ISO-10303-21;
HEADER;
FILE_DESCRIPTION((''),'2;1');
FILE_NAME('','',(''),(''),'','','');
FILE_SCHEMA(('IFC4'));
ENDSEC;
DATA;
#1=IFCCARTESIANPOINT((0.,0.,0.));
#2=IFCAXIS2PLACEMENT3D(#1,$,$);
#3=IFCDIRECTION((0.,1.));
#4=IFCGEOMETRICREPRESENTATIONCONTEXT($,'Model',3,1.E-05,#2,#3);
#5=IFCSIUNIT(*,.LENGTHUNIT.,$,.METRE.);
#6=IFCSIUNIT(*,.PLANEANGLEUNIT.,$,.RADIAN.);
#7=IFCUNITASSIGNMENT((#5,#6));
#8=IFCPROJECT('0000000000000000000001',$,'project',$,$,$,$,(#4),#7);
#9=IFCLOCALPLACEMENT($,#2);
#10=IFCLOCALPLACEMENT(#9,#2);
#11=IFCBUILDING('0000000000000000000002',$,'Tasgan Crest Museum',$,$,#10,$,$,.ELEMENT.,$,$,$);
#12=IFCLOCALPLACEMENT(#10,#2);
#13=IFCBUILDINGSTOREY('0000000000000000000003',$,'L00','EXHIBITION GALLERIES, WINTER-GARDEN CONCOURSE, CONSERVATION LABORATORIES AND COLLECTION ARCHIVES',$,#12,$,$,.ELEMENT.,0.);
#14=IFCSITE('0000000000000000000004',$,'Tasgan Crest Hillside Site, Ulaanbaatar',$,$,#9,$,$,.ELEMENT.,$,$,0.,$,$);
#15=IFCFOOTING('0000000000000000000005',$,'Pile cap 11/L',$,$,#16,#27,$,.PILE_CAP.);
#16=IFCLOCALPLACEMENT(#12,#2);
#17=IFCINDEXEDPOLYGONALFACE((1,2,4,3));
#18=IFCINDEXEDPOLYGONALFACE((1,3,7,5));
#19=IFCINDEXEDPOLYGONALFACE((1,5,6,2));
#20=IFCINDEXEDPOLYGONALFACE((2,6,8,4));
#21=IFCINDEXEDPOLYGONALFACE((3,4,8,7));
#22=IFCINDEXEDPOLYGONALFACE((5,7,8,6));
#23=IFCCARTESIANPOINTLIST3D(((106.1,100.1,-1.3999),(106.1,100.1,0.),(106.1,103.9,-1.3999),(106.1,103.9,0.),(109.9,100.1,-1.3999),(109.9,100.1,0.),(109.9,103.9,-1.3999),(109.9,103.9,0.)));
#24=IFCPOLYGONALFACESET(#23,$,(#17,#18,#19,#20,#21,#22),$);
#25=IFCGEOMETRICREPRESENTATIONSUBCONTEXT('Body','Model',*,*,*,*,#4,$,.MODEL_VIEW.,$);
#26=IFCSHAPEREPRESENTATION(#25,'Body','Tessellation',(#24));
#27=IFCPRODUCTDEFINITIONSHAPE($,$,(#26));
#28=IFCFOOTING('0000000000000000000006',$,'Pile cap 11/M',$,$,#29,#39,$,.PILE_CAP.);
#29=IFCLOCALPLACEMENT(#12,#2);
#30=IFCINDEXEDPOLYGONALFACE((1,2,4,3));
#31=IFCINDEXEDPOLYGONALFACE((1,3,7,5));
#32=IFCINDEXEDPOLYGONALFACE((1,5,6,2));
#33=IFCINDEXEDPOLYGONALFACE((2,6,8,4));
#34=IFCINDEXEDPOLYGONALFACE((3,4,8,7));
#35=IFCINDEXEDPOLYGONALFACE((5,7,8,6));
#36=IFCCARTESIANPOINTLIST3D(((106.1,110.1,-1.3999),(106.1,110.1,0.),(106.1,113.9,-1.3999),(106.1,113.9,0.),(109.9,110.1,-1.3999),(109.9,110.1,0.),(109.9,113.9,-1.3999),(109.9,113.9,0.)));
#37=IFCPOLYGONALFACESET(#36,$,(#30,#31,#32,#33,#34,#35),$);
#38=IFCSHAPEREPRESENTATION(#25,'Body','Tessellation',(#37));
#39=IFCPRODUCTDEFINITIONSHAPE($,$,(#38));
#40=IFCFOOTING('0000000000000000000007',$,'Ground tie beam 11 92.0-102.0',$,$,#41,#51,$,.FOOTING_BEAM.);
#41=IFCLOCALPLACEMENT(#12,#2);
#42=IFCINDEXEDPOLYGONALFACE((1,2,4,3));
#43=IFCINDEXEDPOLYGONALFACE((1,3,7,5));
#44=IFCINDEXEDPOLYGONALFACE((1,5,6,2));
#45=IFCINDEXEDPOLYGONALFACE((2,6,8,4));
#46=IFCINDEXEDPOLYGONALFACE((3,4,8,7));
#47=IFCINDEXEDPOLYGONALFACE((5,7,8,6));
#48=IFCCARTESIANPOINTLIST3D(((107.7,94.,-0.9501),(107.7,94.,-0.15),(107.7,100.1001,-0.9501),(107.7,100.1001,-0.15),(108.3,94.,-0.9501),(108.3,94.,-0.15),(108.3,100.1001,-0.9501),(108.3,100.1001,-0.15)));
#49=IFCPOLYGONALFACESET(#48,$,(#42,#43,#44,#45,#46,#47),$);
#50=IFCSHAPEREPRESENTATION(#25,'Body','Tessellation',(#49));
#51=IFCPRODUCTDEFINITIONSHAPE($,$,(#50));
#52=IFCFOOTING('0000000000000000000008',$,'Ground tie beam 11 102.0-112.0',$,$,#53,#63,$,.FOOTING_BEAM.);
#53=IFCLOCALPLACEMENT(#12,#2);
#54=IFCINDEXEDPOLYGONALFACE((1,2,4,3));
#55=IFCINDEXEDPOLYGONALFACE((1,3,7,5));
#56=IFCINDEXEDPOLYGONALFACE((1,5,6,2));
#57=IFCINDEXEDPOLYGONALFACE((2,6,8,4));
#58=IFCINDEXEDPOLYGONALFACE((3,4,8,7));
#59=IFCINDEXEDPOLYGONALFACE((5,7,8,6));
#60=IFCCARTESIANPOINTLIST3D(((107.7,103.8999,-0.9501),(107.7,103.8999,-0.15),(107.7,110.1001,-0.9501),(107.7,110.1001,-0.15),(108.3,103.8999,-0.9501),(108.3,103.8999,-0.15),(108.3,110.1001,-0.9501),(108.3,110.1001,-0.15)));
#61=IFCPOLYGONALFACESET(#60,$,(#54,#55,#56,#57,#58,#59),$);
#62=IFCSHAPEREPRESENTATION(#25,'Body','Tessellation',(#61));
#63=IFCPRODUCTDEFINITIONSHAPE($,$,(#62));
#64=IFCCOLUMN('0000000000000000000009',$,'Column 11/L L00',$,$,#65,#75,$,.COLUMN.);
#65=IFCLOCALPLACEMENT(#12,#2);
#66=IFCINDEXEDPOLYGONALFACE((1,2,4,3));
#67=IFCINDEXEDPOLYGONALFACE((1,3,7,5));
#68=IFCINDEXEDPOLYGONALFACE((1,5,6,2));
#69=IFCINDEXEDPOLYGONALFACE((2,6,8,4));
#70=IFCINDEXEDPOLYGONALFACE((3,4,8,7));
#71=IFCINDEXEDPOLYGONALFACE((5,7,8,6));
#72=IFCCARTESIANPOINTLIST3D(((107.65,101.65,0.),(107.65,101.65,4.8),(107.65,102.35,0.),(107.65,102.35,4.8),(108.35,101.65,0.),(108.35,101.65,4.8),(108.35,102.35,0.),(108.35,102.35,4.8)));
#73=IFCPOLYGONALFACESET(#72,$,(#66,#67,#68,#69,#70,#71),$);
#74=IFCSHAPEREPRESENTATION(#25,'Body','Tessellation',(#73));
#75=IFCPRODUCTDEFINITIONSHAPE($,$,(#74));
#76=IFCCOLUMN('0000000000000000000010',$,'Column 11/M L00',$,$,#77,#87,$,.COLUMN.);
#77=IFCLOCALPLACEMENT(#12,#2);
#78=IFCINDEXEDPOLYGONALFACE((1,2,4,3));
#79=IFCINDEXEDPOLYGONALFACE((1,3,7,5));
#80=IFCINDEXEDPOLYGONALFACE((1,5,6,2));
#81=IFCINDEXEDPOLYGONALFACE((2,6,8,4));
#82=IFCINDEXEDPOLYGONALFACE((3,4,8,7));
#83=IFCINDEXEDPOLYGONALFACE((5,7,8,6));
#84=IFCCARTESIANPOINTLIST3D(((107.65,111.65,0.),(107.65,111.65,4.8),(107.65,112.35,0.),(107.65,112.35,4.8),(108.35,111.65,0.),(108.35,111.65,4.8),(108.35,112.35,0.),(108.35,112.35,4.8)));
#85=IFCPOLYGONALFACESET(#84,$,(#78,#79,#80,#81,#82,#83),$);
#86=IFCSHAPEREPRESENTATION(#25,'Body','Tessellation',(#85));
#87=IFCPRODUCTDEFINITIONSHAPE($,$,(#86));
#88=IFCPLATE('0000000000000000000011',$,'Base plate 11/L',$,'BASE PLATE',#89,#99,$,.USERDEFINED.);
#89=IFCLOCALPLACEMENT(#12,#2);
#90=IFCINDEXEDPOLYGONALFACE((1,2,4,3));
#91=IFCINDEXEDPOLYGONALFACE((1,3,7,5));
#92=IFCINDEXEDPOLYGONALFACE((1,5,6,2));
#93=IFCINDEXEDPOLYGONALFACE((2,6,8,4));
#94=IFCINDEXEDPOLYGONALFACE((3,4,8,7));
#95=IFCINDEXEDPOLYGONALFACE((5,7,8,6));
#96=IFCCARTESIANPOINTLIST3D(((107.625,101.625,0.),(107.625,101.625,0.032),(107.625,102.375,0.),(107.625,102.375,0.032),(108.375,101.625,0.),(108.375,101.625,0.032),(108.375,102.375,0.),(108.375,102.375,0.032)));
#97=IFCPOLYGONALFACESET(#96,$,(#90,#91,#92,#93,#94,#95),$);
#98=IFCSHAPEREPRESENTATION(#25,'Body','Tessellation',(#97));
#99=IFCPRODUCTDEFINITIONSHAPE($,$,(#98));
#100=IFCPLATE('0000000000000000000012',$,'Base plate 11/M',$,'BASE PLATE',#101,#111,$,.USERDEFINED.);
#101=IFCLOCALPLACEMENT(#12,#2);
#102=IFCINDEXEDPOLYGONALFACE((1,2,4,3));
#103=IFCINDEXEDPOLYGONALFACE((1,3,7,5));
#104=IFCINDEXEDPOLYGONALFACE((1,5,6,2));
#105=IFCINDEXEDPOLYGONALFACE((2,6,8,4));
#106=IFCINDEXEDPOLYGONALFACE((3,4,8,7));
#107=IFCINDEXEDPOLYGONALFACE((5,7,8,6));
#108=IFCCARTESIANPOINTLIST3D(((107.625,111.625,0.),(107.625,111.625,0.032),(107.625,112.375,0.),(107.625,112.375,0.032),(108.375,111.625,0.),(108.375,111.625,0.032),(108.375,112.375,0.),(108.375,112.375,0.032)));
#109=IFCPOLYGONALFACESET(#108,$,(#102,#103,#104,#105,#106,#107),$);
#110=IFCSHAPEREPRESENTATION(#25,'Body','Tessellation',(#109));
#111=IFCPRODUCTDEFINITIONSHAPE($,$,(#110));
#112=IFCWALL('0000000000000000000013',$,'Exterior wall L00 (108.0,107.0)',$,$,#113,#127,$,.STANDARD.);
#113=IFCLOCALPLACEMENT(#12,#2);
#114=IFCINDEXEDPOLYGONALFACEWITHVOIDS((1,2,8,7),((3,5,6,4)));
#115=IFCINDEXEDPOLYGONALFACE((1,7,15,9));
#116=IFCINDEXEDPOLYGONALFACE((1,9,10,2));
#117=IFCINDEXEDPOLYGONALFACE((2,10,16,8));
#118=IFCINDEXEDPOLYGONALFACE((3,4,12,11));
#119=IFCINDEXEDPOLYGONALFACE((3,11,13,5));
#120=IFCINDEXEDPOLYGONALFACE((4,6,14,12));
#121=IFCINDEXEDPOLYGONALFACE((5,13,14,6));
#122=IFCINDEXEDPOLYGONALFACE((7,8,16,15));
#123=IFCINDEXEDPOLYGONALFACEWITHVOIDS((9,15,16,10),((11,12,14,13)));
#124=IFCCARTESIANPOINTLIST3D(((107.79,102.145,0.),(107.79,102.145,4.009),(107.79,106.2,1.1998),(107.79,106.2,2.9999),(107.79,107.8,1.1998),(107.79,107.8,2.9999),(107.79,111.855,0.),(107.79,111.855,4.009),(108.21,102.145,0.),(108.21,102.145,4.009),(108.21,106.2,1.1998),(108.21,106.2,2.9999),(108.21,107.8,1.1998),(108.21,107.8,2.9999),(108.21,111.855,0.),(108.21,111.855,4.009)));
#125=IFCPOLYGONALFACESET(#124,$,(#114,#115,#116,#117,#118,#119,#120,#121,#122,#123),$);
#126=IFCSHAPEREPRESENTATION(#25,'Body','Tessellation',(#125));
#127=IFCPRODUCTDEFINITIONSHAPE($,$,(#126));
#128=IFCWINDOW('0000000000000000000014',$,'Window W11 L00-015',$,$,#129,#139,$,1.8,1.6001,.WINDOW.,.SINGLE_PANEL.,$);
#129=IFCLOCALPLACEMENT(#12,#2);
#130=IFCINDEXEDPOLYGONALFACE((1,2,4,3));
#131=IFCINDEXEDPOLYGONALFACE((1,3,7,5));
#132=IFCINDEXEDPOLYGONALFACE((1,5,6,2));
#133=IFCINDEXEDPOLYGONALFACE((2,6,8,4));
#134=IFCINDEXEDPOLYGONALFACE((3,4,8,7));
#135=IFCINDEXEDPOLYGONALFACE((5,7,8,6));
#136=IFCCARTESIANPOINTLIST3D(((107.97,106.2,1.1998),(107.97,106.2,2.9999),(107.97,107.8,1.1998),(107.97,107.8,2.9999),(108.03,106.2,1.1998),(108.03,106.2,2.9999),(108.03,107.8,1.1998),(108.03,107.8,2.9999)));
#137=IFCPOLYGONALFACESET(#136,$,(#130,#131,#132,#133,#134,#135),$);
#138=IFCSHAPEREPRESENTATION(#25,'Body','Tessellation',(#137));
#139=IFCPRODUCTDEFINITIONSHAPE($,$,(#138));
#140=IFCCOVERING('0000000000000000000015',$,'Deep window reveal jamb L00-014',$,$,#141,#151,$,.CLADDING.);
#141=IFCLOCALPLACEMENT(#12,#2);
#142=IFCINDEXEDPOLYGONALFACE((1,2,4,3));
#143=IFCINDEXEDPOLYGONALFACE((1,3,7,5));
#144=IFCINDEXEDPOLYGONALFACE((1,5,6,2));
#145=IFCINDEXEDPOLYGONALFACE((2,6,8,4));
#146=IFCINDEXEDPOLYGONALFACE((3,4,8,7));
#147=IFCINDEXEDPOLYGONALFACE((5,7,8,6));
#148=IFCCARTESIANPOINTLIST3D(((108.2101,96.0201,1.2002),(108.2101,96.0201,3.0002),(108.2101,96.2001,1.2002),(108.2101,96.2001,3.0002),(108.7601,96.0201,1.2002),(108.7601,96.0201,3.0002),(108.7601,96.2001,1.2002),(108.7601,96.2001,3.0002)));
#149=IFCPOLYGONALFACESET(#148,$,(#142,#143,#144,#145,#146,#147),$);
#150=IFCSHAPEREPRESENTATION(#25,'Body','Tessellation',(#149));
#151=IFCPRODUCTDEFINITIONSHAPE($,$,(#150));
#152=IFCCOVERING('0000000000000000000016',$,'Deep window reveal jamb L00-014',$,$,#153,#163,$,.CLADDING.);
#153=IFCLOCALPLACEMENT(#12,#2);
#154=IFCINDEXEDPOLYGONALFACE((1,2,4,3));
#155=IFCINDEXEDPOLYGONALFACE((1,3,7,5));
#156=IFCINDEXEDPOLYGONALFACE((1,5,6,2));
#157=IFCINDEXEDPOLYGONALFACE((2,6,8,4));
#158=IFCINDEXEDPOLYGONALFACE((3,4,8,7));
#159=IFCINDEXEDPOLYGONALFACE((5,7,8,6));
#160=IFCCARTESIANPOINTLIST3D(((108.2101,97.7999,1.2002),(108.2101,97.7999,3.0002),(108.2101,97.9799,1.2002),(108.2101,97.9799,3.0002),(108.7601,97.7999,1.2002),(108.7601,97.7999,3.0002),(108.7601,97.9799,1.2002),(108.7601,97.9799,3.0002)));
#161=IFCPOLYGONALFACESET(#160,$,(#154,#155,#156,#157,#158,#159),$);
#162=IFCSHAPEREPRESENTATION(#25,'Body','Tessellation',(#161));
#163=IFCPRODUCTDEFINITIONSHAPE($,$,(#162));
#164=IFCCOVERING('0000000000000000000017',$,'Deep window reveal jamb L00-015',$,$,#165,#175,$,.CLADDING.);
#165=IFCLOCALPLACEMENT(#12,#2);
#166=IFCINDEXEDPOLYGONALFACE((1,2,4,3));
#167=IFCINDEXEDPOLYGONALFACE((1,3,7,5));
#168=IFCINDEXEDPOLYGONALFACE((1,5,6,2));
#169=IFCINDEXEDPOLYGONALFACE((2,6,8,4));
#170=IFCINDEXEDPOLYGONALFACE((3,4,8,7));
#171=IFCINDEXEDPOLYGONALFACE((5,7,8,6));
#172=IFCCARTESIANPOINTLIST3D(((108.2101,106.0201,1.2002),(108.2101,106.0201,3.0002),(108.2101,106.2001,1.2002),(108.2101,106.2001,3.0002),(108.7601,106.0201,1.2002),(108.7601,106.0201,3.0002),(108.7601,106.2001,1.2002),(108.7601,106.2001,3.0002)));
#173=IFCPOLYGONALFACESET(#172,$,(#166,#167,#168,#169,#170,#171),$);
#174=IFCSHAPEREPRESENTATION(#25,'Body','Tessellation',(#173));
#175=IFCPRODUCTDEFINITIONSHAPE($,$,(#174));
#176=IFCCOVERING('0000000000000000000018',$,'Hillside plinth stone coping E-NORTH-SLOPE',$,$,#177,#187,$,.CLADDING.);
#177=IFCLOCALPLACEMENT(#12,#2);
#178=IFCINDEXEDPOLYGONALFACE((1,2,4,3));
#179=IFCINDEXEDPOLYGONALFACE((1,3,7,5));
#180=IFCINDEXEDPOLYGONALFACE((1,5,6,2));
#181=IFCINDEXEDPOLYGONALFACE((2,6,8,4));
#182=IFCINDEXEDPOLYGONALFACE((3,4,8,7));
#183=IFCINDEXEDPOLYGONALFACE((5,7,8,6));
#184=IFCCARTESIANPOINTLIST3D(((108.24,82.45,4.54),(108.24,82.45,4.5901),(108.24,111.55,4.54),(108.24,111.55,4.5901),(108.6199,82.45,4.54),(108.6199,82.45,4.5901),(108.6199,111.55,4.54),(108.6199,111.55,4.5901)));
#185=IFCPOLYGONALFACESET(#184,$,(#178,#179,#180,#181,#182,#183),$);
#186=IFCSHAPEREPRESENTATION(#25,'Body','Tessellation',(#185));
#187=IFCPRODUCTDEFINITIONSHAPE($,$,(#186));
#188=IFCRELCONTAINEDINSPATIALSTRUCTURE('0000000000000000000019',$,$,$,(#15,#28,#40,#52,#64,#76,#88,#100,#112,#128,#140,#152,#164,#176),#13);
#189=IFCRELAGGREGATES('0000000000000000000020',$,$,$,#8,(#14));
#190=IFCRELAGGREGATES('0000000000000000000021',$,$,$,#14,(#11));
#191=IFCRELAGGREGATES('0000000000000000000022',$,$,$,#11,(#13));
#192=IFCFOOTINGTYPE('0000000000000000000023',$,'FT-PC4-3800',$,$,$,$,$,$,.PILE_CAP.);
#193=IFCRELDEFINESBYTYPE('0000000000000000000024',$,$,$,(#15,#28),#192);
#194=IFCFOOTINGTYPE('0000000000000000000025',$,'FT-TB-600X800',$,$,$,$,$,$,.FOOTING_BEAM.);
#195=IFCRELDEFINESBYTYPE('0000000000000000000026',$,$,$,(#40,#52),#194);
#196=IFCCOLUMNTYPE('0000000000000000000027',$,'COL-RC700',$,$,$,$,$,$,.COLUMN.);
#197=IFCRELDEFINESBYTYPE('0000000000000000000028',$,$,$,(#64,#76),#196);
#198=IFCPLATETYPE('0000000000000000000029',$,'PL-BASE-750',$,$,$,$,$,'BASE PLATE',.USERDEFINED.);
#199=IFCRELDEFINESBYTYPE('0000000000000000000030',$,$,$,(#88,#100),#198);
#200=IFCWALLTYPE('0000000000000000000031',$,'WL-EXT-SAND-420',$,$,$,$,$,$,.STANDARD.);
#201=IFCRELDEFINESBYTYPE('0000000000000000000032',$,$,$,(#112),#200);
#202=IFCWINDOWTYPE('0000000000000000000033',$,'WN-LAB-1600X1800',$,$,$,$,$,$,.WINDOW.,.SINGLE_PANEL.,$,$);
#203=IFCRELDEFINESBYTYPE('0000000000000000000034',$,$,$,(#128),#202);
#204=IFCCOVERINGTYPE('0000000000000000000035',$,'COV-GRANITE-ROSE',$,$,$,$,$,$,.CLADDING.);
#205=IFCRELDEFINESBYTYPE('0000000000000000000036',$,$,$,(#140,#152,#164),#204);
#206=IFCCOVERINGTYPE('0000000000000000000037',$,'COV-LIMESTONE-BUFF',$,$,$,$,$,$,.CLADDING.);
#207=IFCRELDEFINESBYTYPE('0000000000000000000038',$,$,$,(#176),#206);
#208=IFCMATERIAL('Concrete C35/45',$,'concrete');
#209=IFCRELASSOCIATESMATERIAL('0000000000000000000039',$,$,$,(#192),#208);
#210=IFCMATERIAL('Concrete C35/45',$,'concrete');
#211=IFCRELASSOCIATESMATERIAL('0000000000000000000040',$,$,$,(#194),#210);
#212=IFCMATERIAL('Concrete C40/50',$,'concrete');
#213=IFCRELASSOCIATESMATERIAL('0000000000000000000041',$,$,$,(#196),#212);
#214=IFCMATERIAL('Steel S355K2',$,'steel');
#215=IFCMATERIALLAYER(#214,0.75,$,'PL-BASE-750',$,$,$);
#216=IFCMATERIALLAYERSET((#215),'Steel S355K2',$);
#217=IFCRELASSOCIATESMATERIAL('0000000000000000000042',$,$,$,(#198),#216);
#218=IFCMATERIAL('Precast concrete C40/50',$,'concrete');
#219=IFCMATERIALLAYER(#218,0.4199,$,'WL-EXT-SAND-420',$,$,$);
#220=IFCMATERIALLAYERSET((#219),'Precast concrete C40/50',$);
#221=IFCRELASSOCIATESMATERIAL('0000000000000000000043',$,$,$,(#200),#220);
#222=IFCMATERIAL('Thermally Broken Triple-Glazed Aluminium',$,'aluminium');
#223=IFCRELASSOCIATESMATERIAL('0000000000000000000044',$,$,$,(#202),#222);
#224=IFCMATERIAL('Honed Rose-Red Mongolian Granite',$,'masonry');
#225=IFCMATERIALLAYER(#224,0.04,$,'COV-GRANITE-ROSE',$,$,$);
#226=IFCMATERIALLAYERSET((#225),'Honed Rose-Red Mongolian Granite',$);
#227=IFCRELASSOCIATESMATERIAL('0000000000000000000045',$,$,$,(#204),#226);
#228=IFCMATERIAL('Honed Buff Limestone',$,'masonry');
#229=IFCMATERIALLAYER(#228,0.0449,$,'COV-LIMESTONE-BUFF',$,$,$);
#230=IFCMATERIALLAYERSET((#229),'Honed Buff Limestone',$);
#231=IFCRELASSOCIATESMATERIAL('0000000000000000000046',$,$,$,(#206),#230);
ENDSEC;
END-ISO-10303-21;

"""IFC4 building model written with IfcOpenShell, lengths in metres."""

from ifc_helpers import new_model, si_unit, direction, frame, frame_2d, origin, origin_2d, place, context, subcontext, project, spatial, rectangle, extrude, material, layer, layer_set, material_profile, profile_set, type_object, element, fill, save


model = new_model("IFC4")

# Units and contexts
model_context = context("Model", 3, precision=1e-05, world=origin(), true_north=direction((0.0, 1.0)))
body_context = subcontext(model_context, "Body", "Model", "MODEL_VIEW")
ifc_project = project(units=[si_unit("LENGTHUNIT", "METRE"), si_unit("PLANEANGLEUNIT", "RADIAN")], contexts=[model_context])

# Site, building, storey
site_placement = place(None, origin())
site = spatial("IfcSite", under=ifc_project, at=site_placement, Name="Tasgan Crest Hillside Site, Ulaanbaatar", CompositionType="ELEMENT", RefElevation=0.0)
building_placement = place(site_placement, origin())
building = spatial("IfcBuilding", under=site, at=building_placement, Name="Tasgan Crest Museum", CompositionType="ELEMENT")
storey_placement = place(building_placement, origin())
storey = spatial("IfcBuildingStorey", under=building, at=storey_placement, Name="L00", Description="EXHIBITION GALLERIES, WINTER-GARDEN CONCOURSE, CONSERVATION LABORATORIES AND COLLECTION ARCHIVES", CompositionType="ELEMENT", Elevation=0.0)

# Footings
ifc_material_1 = material(Name="Concrete C35/45", Category="concrete")
footing_type_1 = type_object("IfcFootingType", Name="FT-PC4-3800", PredefinedType="PILE_CAP", material=ifc_material_1)
for number, where, z_axis, x_axis, name in (
    (1, (108.0, 102.0, -1.3999), (0.0, 0.0, 1.0), (1.0, 0.0, 0.0), "Pile cap 11/L"),
    (2, (108.0, 112.0, -1.3999), (0.0, 0.0, 1.0), (1.0, 0.0, 0.0), "Pile cap 11/M"),
):
    element("IfcFooting", number, at=place(storey_placement, frame(where, z_axis=z_axis, x_axis=x_axis)), inside=storey, type_object=footing_type_1, Name=name, PredefinedType="PILE_CAP", context=body_context, shape_type="SweptSolid", body=[
        extrude(rectangle(XDim=3.8, YDim=3.8, at=origin_2d()), origin(), (0.0, 0.0, 1.0), 1.3999),
    ])
ifc_material_2 = material(Name="Concrete C35/45", Category="concrete")
ifc_material_profile_1 = material_profile(ifc_material_2, rectangle(XDim=0.6001, YDim=0.8, at=origin_2d()), Name="TB 600x800")
ifc_profile_set_1 = profile_set([ifc_material_profile_1], Name="Concrete C35/45")
footing_type_2 = type_object("IfcFootingType", Name="FT-TB-600X800", PredefinedType="FOOTING_BEAM", material=ifc_profile_set_1)
footing_1_placement = place(storey_placement, frame((108.0, 94.0, -0.55), z_axis=(0.0, 1.0, 0.0), x_axis=(-1.0, 0.0, 0.0)))
element("IfcFooting", 3, at=footing_1_placement, inside=storey, type_object=footing_type_2, Name="Ground tie beam 11 92.0-102.0", PredefinedType="FOOTING_BEAM", context=body_context, shape_type="SweptSolid", body=[
    extrude(rectangle(XDim=0.6001, YDim=0.8, at=origin_2d()), origin(), (0.0, 0.0, 1.0), 6.1001),
])
footing_2_placement = place(storey_placement, frame((108.0, 103.8999, -0.55), z_axis=(0.0, 1.0, 0.0), x_axis=(-1.0, 0.0, 0.0)))
element("IfcFooting", 4, at=footing_2_placement, inside=storey, type_object=footing_type_2, Name="Ground tie beam 11 102.0-112.0", PredefinedType="FOOTING_BEAM", context=body_context, shape_type="SweptSolid", body=[
    extrude(rectangle(XDim=0.6001, YDim=0.8, at=origin_2d()), origin(), (0.0, 0.0, 1.0), 6.2002),
])

# Columns
ifc_material_3 = material(Name="Concrete C40/50", Category="concrete")
ifc_material_profile_2 = material_profile(ifc_material_3, rectangle(XDim=0.7, YDim=0.7, at=origin_2d()), Name="RC 700x700")
ifc_profile_set_2 = profile_set([ifc_material_profile_2], Name="Concrete C40/50")
column_type = type_object("IfcColumnType", Name="COL-RC700", PredefinedType="COLUMN", material=ifc_profile_set_2)
for number, where, z_axis, x_axis, name in (
    (5, (108.0, 102.0, 0.0), (0.0, 0.0, 1.0), (1.0, 0.0, 0.0), "Column 11/L L00"),
    (6, (108.0, 112.0, 0.0), (0.0, 0.0, 1.0), (1.0, 0.0, 0.0), "Column 11/M L00"),
):
    element("IfcColumn", number, at=place(storey_placement, frame(where, z_axis=z_axis, x_axis=x_axis)), inside=storey, type_object=column_type, Name=name, PredefinedType="COLUMN", context=body_context, shape_type="SweptSolid", body=[
        extrude(rectangle(XDim=0.7, YDim=0.7, at=origin_2d()), origin(), (0.0, 0.0, 1.0), 4.8),
    ])

# Plates
ifc_material_4 = material(Name="Steel S355K2", Category="steel")
ifc_layer_1 = layer(ifc_material_4, 0.75, Name="PL-BASE-750")
ifc_layer_set_1 = layer_set([ifc_layer_1], Name="Steel S355K2")
plate_type = type_object("IfcPlateType", Name="PL-BASE-750", ElementType="BASE PLATE", PredefinedType="USERDEFINED", material=ifc_layer_set_1)
for number, where, z_axis, x_axis, name in (
    (7, (108.0, 102.0, 0.0), (0.0, 0.0, 1.0), (1.0, 0.0, 0.0), "Base plate 11/L"),
    (8, (108.0, 112.0, 0.0), (0.0, 0.0, 1.0), (1.0, 0.0, 0.0), "Base plate 11/M"),
):
    element("IfcPlate", number, at=place(storey_placement, frame(where, z_axis=z_axis, x_axis=x_axis)), inside=storey, type_object=plate_type, Name=name, ObjectType="BASE PLATE", PredefinedType="USERDEFINED", context=body_context, shape_type="SweptSolid", body=[
        extrude(rectangle(XDim=0.75, YDim=0.75, at=origin_2d()), origin(), (0.0, 0.0, 1.0), 0.032),
    ])

# Wall, opening, window
ifc_material_5 = material(Name="Precast concrete C40/50", Category="concrete")
ifc_layer_2 = layer(ifc_material_5, 0.4199, Name="WL-EXT-SAND-420")
ifc_layer_set_2 = layer_set([ifc_layer_2], Name="Precast concrete C40/50")
wall_type = type_object("IfcWallType", Name="WL-EXT-SAND-420", PredefinedType="STANDARD", material=ifc_layer_set_2)
wall_placement = place(storey_placement, frame((108.0, 102.145, 0.0), z_axis=(0.0, 0.0, 1.0), x_axis=(0.0, 1.0, 0.0)))
wall = element("IfcWall", 9, at=wall_placement, inside=storey, type_object=wall_type, Name="Exterior wall L00 (108.0,107.0)", PredefinedType="STANDARD", context=body_context, shape_type="SweptSolid", body=[
    extrude(rectangle(XDim=9.71, YDim=0.4199, at=frame_2d((4.855, 0.0))), origin(), (0.0, 0.0, 1.0), 4.009),
])
opening_placement = place(wall_placement, frame((4.0549, 0.0, 1.2)))
opening = element("IfcOpeningElement", 10, at=opening_placement, cuts=wall, PredefinedType="OPENING", context=body_context, shape_type="SweptSolid", body=[
    extrude(rectangle(XDim=1.6001, YDim=1.8, at=frame_2d((0.8, 0.8999))), frame((0.0, 0.22, 0.0), z_axis=(0.0, -1.0, 0.0), x_axis=(1.0, 0.0, 0.0)), (0.0, 0.0, 1.0), 0.4399),
])
ifc_material_6 = material(Name="Thermally Broken Triple-Glazed Aluminium", Category="aluminium")
window_type = type_object("IfcWindowType", Name="WN-LAB-1600X1800", PartitioningType="SINGLE_PANEL", PredefinedType="WINDOW", material=ifc_material_6)
window_placement = place(opening_placement, origin())
window = element("IfcWindow", 11, at=window_placement, inside=storey, type_object=window_type, Name="Window W11 L00-015", OverallHeight=1.8, OverallWidth=1.6001, PartitioningType="SINGLE_PANEL", PredefinedType="WINDOW", context=body_context, shape_type="SweptSolid", body=[
    extrude(rectangle(XDim=1.6001, YDim=1.8, at=frame_2d((0.8, 0.8999))), frame((0.0, 0.03, 0.0), z_axis=(0.0, -1.0, 0.0), x_axis=(1.0, 0.0, 0.0)), (0.0, 0.0, 1.0), 0.0601),
])
fill(opening, window)

# Coverings
ifc_material_7 = material(Name="Honed Rose-Red Mongolian Granite", Category="masonry")
ifc_layer_3 = layer(ifc_material_7, 0.04, Name="COV-GRANITE-ROSE")
ifc_layer_set_3 = layer_set([ifc_layer_3], Name="Honed Rose-Red Mongolian Granite")
covering_type_1 = type_object("IfcCoveringType", Name="COV-GRANITE-ROSE", PredefinedType="CLADDING", material=ifc_layer_set_3)
for number, where, z_axis, x_axis, name in (
    (12, (108.4851, 96.1101, 1.2002), (0.0, 0.0, 1.0), (0.0, 1.0, 0.0), "Deep window reveal jamb L00-014"),
    (13, (108.4851, 97.8899, 1.2002), (0.0, 0.0, 1.0), (0.0, 1.0, 0.0), "Deep window reveal jamb L00-014"),
    (14, (108.4851, 106.1101, 1.2002), (0.0, 0.0, 1.0), (0.0, 1.0, 0.0), "Deep window reveal jamb L00-015"),
):
    element("IfcCovering", number, at=place(storey_placement, frame(where, z_axis=z_axis, x_axis=x_axis)), inside=storey, type_object=covering_type_1, Name=name, PredefinedType="CLADDING", context=body_context, shape_type="SweptSolid", body=[
        extrude(rectangle(XDim=0.1799, YDim=0.55, at=origin_2d()), origin(), (0.0, 0.0, 1.0), 1.8),
    ])
ifc_material_8 = material(Name="Honed Buff Limestone", Category="masonry")
ifc_layer_4 = layer(ifc_material_8, 0.0449, Name="COV-LIMESTONE-BUFF")
ifc_layer_set_4 = layer_set([ifc_layer_4], Name="Honed Buff Limestone")
covering_type_2 = type_object("IfcCoveringType", Name="COV-LIMESTONE-BUFF", PredefinedType="CLADDING", material=ifc_layer_set_4)
covering_1_placement = place(storey_placement, frame((108.4299, 97.0, 4.54), z_axis=(0.0, 0.0, 1.0), x_axis=(0.0, 1.0, 0.0)))
element("IfcCovering", 15, at=covering_1_placement, inside=storey, type_object=covering_type_2, Name="Hillside plinth stone coping E-NORTH-SLOPE", PredefinedType="CLADDING", context=body_context, shape_type="SweptSolid", body=[
    extrude(rectangle(XDim=29.1001, YDim=0.3799, at=origin_2d()), origin(), (0.0, 0.0, 1.0), 0.05),
])

save(model, "model.ifc")
